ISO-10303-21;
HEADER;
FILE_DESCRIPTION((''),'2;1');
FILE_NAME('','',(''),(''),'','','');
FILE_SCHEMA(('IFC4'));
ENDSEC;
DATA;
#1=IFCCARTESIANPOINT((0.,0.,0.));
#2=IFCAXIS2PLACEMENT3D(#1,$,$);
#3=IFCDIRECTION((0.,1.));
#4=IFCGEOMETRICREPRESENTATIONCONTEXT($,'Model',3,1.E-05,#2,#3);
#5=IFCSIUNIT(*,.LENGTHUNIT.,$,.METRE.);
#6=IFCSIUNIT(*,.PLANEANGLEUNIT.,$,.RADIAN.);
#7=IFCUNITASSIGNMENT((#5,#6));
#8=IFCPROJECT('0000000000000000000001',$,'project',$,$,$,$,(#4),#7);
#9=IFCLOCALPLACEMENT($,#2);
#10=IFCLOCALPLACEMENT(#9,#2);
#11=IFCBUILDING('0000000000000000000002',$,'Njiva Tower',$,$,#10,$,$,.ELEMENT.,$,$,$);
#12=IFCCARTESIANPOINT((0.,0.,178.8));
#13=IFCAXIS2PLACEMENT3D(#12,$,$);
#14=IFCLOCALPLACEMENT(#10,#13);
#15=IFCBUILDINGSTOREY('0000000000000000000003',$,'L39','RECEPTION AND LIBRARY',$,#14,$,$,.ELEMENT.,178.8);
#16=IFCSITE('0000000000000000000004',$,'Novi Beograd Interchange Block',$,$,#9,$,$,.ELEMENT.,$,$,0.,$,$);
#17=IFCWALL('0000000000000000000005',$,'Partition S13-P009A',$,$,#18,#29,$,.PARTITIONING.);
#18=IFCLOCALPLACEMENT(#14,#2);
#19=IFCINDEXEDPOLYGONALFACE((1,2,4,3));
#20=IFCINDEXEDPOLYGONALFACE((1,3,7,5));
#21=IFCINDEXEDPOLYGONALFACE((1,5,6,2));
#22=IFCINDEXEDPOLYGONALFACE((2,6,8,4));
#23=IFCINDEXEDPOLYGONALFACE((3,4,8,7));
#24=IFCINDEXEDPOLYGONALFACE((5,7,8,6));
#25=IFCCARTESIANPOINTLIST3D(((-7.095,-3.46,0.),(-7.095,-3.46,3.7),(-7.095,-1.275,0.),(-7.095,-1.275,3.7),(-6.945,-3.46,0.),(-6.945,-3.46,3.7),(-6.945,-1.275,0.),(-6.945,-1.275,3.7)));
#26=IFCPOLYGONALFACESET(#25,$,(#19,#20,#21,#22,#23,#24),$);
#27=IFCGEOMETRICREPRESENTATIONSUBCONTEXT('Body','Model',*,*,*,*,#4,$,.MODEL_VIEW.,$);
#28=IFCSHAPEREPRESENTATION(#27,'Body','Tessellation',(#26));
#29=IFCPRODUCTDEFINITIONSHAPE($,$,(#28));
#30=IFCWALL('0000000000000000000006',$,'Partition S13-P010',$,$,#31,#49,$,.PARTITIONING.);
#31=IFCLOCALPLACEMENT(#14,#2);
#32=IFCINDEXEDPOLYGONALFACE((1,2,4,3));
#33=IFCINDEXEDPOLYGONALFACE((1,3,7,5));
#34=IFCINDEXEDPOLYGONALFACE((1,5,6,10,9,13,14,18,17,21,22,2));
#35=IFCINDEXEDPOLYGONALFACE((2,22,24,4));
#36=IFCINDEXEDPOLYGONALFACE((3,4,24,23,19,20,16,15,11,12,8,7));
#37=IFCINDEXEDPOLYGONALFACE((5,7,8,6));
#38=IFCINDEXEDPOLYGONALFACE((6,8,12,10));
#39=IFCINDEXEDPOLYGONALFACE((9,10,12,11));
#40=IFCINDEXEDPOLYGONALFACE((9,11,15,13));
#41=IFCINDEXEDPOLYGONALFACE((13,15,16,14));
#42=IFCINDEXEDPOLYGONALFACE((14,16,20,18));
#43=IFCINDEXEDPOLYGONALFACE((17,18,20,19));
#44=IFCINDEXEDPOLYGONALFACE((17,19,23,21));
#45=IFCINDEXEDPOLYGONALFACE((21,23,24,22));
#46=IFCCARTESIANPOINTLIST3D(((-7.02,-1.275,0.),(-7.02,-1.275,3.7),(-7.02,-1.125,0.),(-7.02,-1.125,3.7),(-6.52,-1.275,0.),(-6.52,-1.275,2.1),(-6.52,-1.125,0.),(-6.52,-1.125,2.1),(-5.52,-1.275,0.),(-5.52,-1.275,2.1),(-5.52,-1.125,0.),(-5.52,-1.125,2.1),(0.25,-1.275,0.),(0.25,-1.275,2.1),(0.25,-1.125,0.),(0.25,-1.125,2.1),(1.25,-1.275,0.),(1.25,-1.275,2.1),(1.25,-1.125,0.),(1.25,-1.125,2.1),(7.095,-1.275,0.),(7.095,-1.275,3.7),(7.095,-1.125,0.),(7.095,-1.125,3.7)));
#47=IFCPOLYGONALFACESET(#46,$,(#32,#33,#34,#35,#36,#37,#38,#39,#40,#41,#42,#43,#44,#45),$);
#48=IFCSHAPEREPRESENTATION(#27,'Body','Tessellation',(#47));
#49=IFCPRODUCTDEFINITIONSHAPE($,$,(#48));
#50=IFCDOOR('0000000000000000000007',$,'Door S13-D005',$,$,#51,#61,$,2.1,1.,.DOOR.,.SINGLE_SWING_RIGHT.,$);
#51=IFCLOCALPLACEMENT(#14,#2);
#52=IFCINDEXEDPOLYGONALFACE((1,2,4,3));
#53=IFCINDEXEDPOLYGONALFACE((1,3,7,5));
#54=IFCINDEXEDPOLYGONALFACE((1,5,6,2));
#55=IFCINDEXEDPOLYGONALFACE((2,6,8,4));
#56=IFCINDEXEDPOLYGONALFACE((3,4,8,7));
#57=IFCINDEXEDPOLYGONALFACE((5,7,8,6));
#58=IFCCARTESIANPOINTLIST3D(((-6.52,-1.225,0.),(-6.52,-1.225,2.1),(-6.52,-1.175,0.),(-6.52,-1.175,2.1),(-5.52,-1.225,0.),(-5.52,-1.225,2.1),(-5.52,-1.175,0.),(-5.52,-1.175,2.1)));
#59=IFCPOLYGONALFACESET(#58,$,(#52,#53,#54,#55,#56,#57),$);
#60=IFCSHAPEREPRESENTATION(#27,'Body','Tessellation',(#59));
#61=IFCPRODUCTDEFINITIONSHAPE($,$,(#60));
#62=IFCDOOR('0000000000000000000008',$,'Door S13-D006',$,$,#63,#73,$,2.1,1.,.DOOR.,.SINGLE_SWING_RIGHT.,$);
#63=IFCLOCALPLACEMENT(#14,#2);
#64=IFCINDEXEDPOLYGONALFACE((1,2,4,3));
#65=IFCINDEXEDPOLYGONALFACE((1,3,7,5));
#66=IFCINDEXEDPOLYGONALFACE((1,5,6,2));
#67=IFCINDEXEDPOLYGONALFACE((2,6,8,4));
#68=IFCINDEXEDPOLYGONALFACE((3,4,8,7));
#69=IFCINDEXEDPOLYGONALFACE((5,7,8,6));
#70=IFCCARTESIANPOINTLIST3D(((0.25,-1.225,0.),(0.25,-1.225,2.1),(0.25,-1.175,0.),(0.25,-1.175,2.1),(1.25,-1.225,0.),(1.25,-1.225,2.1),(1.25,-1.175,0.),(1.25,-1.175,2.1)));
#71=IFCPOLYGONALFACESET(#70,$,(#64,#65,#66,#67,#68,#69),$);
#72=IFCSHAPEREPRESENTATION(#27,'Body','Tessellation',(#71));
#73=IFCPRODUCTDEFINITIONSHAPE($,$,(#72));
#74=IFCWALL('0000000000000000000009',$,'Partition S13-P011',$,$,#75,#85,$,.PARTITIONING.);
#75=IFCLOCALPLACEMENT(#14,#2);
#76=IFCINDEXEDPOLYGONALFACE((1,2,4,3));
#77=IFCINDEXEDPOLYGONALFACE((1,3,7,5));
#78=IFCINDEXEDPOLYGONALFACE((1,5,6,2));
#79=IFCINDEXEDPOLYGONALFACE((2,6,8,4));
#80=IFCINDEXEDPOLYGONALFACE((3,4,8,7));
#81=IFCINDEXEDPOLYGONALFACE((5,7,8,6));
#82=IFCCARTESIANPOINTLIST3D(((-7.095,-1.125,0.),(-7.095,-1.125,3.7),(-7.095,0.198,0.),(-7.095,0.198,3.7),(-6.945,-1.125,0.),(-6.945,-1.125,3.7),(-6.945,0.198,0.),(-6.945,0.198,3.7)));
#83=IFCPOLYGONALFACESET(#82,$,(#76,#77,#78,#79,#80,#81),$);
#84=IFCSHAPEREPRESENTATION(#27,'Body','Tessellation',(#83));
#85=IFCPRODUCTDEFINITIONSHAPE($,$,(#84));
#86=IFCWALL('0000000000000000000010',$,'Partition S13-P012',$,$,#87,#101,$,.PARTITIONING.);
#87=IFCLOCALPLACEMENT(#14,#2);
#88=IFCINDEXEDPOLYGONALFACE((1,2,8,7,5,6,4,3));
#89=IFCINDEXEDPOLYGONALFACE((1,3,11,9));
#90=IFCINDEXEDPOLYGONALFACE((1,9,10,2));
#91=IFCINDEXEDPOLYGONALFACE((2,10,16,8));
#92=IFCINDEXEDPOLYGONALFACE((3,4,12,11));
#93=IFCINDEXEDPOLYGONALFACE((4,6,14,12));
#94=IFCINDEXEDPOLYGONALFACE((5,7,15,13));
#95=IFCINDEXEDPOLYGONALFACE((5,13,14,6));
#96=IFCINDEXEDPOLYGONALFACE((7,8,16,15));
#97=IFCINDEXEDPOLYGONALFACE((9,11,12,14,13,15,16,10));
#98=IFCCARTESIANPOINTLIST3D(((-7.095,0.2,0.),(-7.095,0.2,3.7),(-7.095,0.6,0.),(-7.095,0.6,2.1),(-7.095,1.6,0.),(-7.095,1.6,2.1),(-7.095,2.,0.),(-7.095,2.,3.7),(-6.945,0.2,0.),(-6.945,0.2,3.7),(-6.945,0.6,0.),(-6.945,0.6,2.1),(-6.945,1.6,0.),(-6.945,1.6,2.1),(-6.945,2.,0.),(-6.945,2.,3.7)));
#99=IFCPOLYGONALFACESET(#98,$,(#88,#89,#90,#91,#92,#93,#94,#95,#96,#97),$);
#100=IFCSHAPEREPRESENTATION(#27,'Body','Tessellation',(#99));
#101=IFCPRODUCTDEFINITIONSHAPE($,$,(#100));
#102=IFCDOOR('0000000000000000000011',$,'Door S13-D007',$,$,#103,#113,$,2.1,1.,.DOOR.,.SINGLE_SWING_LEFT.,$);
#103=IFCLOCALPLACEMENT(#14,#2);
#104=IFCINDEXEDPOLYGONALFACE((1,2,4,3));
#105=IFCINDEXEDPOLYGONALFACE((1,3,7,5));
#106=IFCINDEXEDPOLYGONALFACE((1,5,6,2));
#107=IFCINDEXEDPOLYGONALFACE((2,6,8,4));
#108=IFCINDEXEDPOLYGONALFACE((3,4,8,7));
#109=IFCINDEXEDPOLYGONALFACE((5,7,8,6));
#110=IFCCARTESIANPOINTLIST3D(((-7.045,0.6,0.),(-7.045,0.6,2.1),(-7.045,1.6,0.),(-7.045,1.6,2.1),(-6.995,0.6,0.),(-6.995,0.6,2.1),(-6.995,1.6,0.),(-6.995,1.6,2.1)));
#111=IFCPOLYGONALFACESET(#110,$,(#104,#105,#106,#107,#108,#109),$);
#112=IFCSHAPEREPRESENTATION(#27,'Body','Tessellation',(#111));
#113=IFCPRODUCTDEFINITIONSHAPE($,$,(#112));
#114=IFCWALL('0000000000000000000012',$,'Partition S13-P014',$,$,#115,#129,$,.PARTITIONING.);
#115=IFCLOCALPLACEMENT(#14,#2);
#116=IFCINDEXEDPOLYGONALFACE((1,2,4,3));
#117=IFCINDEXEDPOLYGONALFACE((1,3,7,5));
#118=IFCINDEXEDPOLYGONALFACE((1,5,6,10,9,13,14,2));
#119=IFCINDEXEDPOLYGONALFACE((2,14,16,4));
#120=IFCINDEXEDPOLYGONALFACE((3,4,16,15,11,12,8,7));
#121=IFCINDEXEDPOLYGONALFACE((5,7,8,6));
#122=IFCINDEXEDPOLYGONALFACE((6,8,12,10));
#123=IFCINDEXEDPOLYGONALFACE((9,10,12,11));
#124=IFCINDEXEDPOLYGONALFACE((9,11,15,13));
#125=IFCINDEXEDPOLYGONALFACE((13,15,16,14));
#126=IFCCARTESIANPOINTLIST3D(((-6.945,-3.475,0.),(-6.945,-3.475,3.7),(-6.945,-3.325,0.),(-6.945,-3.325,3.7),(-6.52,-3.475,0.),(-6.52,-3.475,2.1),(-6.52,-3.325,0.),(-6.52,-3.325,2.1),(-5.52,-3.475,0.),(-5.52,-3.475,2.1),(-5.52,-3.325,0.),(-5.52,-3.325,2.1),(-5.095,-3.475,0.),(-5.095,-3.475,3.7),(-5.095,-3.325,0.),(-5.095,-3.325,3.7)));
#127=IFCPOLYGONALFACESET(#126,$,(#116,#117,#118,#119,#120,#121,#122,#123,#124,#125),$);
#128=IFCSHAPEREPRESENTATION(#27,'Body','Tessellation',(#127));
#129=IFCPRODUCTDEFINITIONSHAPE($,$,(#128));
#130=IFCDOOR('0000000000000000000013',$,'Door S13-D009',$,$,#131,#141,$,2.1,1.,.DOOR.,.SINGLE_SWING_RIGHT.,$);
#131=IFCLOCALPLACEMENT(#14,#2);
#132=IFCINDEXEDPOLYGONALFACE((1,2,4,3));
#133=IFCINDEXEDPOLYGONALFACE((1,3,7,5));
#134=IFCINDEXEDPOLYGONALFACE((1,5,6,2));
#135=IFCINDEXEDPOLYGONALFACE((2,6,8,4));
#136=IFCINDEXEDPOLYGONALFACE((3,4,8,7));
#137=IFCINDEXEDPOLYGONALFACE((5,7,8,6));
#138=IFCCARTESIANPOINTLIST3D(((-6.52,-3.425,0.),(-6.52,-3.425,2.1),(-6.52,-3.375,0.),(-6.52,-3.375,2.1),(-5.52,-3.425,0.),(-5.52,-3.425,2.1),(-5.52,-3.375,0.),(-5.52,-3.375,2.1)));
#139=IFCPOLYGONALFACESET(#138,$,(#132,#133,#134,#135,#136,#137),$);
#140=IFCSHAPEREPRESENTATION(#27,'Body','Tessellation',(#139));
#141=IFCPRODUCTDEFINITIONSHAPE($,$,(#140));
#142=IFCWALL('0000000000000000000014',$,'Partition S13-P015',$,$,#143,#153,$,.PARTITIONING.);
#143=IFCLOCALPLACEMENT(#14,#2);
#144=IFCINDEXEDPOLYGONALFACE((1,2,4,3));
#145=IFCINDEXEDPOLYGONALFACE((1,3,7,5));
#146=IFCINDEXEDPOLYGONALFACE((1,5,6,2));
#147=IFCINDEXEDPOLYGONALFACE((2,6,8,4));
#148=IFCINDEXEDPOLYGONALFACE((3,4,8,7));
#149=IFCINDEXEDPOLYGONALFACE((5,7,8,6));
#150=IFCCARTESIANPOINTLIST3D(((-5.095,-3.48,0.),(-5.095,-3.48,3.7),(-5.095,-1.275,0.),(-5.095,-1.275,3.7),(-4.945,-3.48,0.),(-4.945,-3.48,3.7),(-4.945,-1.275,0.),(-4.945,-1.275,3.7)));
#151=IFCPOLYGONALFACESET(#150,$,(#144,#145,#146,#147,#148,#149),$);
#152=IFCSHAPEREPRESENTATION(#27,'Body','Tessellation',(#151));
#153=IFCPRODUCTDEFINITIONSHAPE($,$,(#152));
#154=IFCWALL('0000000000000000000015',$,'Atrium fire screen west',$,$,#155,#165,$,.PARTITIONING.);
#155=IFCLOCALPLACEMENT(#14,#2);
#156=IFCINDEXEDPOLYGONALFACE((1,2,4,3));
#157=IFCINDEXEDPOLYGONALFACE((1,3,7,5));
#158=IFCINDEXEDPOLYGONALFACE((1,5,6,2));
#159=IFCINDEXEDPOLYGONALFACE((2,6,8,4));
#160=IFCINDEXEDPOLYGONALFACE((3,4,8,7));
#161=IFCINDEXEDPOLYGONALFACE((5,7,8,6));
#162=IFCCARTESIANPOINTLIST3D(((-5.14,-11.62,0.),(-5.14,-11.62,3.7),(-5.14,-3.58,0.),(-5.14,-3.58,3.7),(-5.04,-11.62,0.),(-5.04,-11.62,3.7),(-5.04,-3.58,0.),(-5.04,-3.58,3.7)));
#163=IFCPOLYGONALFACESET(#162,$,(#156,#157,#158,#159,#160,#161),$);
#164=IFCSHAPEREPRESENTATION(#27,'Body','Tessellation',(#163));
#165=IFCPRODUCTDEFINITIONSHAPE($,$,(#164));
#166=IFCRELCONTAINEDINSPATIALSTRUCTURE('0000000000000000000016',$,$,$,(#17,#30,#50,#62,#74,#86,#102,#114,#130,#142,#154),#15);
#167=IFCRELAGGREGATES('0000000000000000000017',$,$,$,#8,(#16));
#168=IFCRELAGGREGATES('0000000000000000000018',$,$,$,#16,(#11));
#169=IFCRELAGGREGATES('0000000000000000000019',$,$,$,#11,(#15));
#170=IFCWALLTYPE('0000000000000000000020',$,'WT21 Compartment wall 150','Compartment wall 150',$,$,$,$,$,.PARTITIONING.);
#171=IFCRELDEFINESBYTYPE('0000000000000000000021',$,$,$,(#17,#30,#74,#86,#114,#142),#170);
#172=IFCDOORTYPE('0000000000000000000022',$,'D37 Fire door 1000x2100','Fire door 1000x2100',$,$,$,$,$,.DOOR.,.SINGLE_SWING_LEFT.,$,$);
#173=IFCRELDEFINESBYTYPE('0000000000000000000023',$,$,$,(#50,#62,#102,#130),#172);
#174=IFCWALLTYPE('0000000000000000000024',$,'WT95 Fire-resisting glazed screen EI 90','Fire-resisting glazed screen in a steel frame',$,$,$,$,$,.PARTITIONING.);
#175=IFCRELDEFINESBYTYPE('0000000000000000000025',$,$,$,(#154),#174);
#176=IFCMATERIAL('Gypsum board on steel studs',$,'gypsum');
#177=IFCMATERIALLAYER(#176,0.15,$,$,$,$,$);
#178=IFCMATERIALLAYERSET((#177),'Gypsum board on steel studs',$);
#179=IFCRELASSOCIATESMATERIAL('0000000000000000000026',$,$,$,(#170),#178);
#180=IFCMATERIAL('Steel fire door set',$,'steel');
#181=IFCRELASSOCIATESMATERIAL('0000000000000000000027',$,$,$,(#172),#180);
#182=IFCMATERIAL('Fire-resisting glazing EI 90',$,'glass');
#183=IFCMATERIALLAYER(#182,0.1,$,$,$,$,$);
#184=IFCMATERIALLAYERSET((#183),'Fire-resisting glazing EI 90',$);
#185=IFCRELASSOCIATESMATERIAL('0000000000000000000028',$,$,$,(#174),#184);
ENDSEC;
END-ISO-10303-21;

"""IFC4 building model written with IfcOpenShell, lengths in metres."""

from ifc_helpers import new_model, si_unit, direction, frame, frame_2d, origin, place, context, subcontext, project, spatial, rectangle, extrude, material, layer, layer_set, type_object, element, fill, save


model = new_model("IFC4")

# Units and contexts
model_context = context("Model", 3, precision=1e-05, world=origin(), true_north=direction((0.0, 1.0)))
body_context = subcontext(model_context, "Body", "Model", "MODEL_VIEW")
ifc_project = project(units=[si_unit("LENGTHUNIT", "METRE"), si_unit("PLANEANGLEUNIT", "RADIAN")], contexts=[model_context])

# Site, building, storey
site_placement = place(None, origin())
site = spatial("IfcSite", under=ifc_project, at=site_placement, Name="Novi Beograd Interchange Block", CompositionType="ELEMENT", RefElevation=0.0)
building_placement = place(site_placement, origin())
building = spatial("IfcBuilding", under=site, at=building_placement, Name="Njiva Tower", CompositionType="ELEMENT")
storey_placement = place(building_placement, frame((0.0, 0.0, 178.8)))
storey = spatial("IfcBuildingStorey", under=building, at=storey_placement, Name="L39", Description="RECEPTION AND LIBRARY", CompositionType="ELEMENT", Elevation=178.8)

# Shared definitions
ifc_material_1 = material(Name="Gypsum board on steel studs", Category="gypsum")
ifc_layer_1 = layer(ifc_material_1, 0.15)
ifc_layer_set_1 = layer_set([ifc_layer_1], Name="Gypsum board on steel studs")
wall_type_1 = type_object("IfcWallType", Name="WT21 Compartment wall 150", Description="Compartment wall 150", PredefinedType="PARTITIONING", material=ifc_layer_set_1)
ifc_material_2 = material(Name="Steel fire door set", Category="steel")
door_type = type_object("IfcDoorType", Name="D37 Fire door 1000x2100", Description="Fire door 1000x2100", OperationType="SINGLE_SWING_LEFT", PredefinedType="DOOR", material=ifc_material_2)

# Wall
wall_1_placement = place(storey_placement, frame((-7.02, -3.46, 0.0), z_axis=(0.0, 0.0, 1.0), x_axis=(0.0, 1.0, 0.0)))
element("IfcWall", 1, at=wall_1_placement, inside=storey, type_object=wall_type_1, Name="Partition S13-P009A", PredefinedType="PARTITIONING", context=body_context, shape_type="SweptSolid", body=[
    extrude(rectangle(XDim=2.185, YDim=0.15, at=frame_2d((1.0925, 0.0))), origin(), (0.0, 0.0, 1.0), 3.7),
])

# Wall, openings, doors
wall_2_placement = place(storey_placement, frame((-7.02, -1.2, 0.0), z_axis=(0.0, 0.0, 1.0), x_axis=(1.0, 0.0, 0.0)))
wall_2 = element("IfcWall", 2, at=wall_2_placement, inside=storey, type_object=wall_type_1, Name="Partition S13-P010", PredefinedType="PARTITIONING", context=body_context, shape_type="SweptSolid", body=[
    extrude(rectangle(XDim=14.115, YDim=0.15, at=frame_2d((7.0575, 0.0))), origin(), (0.0, 0.0, 1.0), 3.7),
])
opening_1_placement = place(wall_2_placement, frame((0.5, 0.0, 0.0)))
opening_1 = element("IfcOpeningElement", 3, at=opening_1_placement, cuts=wall_2, PredefinedType="OPENING", context=body_context, shape_type="SweptSolid", body=[
    extrude(rectangle(XDim=1.0, YDim=2.1, at=frame_2d((0.5, 1.05))), frame((0.0, 0.085, 0.0), z_axis=(0.0, -1.0, 0.0), x_axis=(1.0, 0.0, 0.0)), (0.0, 0.0, 1.0), 0.17),
])
opening_2_placement = place(wall_2_placement, frame((7.27, 0.0, 0.0)))
opening_2 = element("IfcOpeningElement", 4, at=opening_2_placement, cuts=wall_2, PredefinedType="OPENING", context=body_context, shape_type="SweptSolid", body=[
    extrude(rectangle(XDim=1.0, YDim=2.1, at=frame_2d((0.5, 1.05))), frame((0.0, 0.085, 0.0), z_axis=(0.0, -1.0, 0.0), x_axis=(1.0, 0.0, 0.0)), (0.0, 0.0, 1.0), 0.17),
])
door_1_placement = place(opening_1_placement, origin())
door_1 = element("IfcDoor", 5, at=door_1_placement, inside=storey, type_object=door_type, Name="Door S13-D005", OperationType="SINGLE_SWING_RIGHT", OverallHeight=2.1, OverallWidth=1.0, PredefinedType="DOOR", context=body_context, shape_type="SweptSolid", body=[
    extrude(rectangle(XDim=1.0, YDim=2.1, at=frame_2d((0.5, 1.05))), frame((0.0, 0.025, 0.0), z_axis=(0.0, -1.0, 0.0), x_axis=(1.0, 0.0, 0.0)), (0.0, 0.0, 1.0), 0.05),
])
fill(opening_1, door_1)
door_2_placement = place(opening_2_placement, origin())
door_2 = element("IfcDoor", 6, at=door_2_placement, inside=storey, type_object=door_type, Name="Door S13-D006", OperationType="SINGLE_SWING_RIGHT", OverallHeight=2.1, OverallWidth=1.0, PredefinedType="DOOR", context=body_context, shape_type="SweptSolid", body=[
    extrude(rectangle(XDim=1.0, YDim=2.1, at=frame_2d((0.5, 1.05))), frame((0.0, 0.025, 0.0), z_axis=(0.0, -1.0, 0.0), x_axis=(1.0, 0.0, 0.0)), (0.0, 0.0, 1.0), 0.05),
])
fill(opening_2, door_2)

# Wall
wall_3_placement = place(storey_placement, frame((-7.02, -1.125, 0.0), z_axis=(0.0, 0.0, 1.0), x_axis=(0.0, 1.0, 0.0)))
element("IfcWall", 7, at=wall_3_placement, inside=storey, type_object=wall_type_1, Name="Partition S13-P011", PredefinedType="PARTITIONING", context=body_context, shape_type="SweptSolid", body=[
    extrude(rectangle(XDim=1.323, YDim=0.15, at=frame_2d((0.6615, 0.0))), origin(), (0.0, 0.0, 1.0), 3.7),
])

# Walls, openings, doors
wall_4_placement = place(storey_placement, frame((-7.02, 0.2, 0.0), z_axis=(0.0, 0.0, 1.0), x_axis=(0.0, 1.0, 0.0)))
wall_4 = element("IfcWall", 8, at=wall_4_placement, inside=storey, type_object=wall_type_1, Name="Partition S13-P012", PredefinedType="PARTITIONING", context=body_context, shape_type="SweptSolid", body=[
    extrude(rectangle(XDim=1.8, YDim=0.15, at=frame_2d((0.9, 0.0))), origin(), (0.0, 0.0, 1.0), 3.7),
])
opening_3_placement = place(wall_4_placement, frame((0.4, 0.0, 0.0)))
opening_3 = element("IfcOpeningElement", 9, at=opening_3_placement, cuts=wall_4, PredefinedType="OPENING", context=body_context, shape_type="SweptSolid", body=[
    extrude(rectangle(XDim=1.0, YDim=2.1, at=frame_2d((0.5, 1.05))), frame((0.0, 0.085, 0.0), z_axis=(0.0, -1.0, 0.0), x_axis=(1.0, 0.0, 0.0)), (0.0, 0.0, 1.0), 0.17),
])
door_3_placement = place(opening_3_placement, origin())
door_3 = element("IfcDoor", 10, at=door_3_placement, inside=storey, type_object=door_type, Name="Door S13-D007", OperationType="SINGLE_SWING_LEFT", OverallHeight=2.1, OverallWidth=1.0, PredefinedType="DOOR", context=body_context, shape_type="SweptSolid", body=[
    extrude(rectangle(XDim=1.0, YDim=2.1, at=frame_2d((0.5, 1.05))), frame((0.0, 0.025, 0.0), z_axis=(0.0, -1.0, 0.0), x_axis=(1.0, 0.0, 0.0)), (0.0, 0.0, 1.0), 0.05),
])
fill(opening_3, door_3)
wall_5_placement = place(storey_placement, frame((-6.945, -3.4, 0.0), z_axis=(0.0, 0.0, 1.0), x_axis=(1.0, 0.0, 0.0)))
wall_5 = element("IfcWall", 11, at=wall_5_placement, inside=storey, type_object=wall_type_1, Name="Partition S13-P014", PredefinedType="PARTITIONING", context=body_context, shape_type="SweptSolid", body=[
    extrude(rectangle(XDim=1.85, YDim=0.15, at=frame_2d((0.925, 0.0))), origin(), (0.0, 0.0, 1.0), 3.7),
])
opening_4_placement = place(wall_5_placement, frame((0.425, 0.0, 0.0)))
opening_4 = element("IfcOpeningElement", 12, at=opening_4_placement, cuts=wall_5, PredefinedType="OPENING", context=body_context, shape_type="SweptSolid", body=[
    extrude(rectangle(XDim=1.0, YDim=2.1, at=frame_2d((0.5, 1.05))), frame((0.0, 0.085, 0.0), z_axis=(0.0, -1.0, 0.0), x_axis=(1.0, 0.0, 0.0)), (0.0, 0.0, 1.0), 0.17),
])
door_4_placement = place(opening_4_placement, origin())
door_4 = element("IfcDoor", 13, at=door_4_placement, inside=storey, type_object=door_type, Name="Door S13-D009", OperationType="SINGLE_SWING_RIGHT", OverallHeight=2.1, OverallWidth=1.0, PredefinedType="DOOR", context=body_context, shape_type="SweptSolid", body=[
    extrude(rectangle(XDim=1.0, YDim=2.1, at=frame_2d((0.5, 1.05))), frame((0.0, 0.025, 0.0), z_axis=(0.0, -1.0, 0.0), x_axis=(1.0, 0.0, 0.0)), (0.0, 0.0, 1.0), 0.05),
])
fill(opening_4, door_4)

# Walls
wall_6_placement = place(storey_placement, frame((-5.02, -3.48, 0.0), z_axis=(0.0, 0.0, 1.0), x_axis=(0.0, 1.0, 0.0)))
element("IfcWall", 14, at=wall_6_placement, inside=storey, type_object=wall_type_1, Name="Partition S13-P015", PredefinedType="PARTITIONING", context=body_context, shape_type="SweptSolid", body=[
    extrude(rectangle(XDim=2.205, YDim=0.15, at=frame_2d((1.1025, 0.0))), origin(), (0.0, 0.0, 1.0), 3.7),
])
ifc_material_3 = material(Name="Fire-resisting glazing EI 90", Category="glass")
ifc_layer_2 = layer(ifc_material_3, 0.1)
ifc_layer_set_2 = layer_set([ifc_layer_2], Name="Fire-resisting glazing EI 90")
wall_type_2 = type_object("IfcWallType", Name="WT95 Fire-resisting glazed screen EI 90", Description="Fire-resisting glazed screen in a steel frame", PredefinedType="PARTITIONING", material=ifc_layer_set_2)
wall_7_placement = place(storey_placement, frame((-5.09, -3.58, 0.0), z_axis=(0.0, 0.0, 1.0), x_axis=(0.0, -1.0, 0.0)))
element("IfcWall", 15, at=wall_7_placement, inside=storey, type_object=wall_type_2, Name="Atrium fire screen west", PredefinedType="PARTITIONING", context=body_context, shape_type="SweptSolid", body=[
    extrude(rectangle(XDim=8.04, YDim=0.1, at=frame_2d((4.02, 0.0))), origin(), (0.0, 0.0, 1.0), 3.7),
])

save(model, "model.ifc")
